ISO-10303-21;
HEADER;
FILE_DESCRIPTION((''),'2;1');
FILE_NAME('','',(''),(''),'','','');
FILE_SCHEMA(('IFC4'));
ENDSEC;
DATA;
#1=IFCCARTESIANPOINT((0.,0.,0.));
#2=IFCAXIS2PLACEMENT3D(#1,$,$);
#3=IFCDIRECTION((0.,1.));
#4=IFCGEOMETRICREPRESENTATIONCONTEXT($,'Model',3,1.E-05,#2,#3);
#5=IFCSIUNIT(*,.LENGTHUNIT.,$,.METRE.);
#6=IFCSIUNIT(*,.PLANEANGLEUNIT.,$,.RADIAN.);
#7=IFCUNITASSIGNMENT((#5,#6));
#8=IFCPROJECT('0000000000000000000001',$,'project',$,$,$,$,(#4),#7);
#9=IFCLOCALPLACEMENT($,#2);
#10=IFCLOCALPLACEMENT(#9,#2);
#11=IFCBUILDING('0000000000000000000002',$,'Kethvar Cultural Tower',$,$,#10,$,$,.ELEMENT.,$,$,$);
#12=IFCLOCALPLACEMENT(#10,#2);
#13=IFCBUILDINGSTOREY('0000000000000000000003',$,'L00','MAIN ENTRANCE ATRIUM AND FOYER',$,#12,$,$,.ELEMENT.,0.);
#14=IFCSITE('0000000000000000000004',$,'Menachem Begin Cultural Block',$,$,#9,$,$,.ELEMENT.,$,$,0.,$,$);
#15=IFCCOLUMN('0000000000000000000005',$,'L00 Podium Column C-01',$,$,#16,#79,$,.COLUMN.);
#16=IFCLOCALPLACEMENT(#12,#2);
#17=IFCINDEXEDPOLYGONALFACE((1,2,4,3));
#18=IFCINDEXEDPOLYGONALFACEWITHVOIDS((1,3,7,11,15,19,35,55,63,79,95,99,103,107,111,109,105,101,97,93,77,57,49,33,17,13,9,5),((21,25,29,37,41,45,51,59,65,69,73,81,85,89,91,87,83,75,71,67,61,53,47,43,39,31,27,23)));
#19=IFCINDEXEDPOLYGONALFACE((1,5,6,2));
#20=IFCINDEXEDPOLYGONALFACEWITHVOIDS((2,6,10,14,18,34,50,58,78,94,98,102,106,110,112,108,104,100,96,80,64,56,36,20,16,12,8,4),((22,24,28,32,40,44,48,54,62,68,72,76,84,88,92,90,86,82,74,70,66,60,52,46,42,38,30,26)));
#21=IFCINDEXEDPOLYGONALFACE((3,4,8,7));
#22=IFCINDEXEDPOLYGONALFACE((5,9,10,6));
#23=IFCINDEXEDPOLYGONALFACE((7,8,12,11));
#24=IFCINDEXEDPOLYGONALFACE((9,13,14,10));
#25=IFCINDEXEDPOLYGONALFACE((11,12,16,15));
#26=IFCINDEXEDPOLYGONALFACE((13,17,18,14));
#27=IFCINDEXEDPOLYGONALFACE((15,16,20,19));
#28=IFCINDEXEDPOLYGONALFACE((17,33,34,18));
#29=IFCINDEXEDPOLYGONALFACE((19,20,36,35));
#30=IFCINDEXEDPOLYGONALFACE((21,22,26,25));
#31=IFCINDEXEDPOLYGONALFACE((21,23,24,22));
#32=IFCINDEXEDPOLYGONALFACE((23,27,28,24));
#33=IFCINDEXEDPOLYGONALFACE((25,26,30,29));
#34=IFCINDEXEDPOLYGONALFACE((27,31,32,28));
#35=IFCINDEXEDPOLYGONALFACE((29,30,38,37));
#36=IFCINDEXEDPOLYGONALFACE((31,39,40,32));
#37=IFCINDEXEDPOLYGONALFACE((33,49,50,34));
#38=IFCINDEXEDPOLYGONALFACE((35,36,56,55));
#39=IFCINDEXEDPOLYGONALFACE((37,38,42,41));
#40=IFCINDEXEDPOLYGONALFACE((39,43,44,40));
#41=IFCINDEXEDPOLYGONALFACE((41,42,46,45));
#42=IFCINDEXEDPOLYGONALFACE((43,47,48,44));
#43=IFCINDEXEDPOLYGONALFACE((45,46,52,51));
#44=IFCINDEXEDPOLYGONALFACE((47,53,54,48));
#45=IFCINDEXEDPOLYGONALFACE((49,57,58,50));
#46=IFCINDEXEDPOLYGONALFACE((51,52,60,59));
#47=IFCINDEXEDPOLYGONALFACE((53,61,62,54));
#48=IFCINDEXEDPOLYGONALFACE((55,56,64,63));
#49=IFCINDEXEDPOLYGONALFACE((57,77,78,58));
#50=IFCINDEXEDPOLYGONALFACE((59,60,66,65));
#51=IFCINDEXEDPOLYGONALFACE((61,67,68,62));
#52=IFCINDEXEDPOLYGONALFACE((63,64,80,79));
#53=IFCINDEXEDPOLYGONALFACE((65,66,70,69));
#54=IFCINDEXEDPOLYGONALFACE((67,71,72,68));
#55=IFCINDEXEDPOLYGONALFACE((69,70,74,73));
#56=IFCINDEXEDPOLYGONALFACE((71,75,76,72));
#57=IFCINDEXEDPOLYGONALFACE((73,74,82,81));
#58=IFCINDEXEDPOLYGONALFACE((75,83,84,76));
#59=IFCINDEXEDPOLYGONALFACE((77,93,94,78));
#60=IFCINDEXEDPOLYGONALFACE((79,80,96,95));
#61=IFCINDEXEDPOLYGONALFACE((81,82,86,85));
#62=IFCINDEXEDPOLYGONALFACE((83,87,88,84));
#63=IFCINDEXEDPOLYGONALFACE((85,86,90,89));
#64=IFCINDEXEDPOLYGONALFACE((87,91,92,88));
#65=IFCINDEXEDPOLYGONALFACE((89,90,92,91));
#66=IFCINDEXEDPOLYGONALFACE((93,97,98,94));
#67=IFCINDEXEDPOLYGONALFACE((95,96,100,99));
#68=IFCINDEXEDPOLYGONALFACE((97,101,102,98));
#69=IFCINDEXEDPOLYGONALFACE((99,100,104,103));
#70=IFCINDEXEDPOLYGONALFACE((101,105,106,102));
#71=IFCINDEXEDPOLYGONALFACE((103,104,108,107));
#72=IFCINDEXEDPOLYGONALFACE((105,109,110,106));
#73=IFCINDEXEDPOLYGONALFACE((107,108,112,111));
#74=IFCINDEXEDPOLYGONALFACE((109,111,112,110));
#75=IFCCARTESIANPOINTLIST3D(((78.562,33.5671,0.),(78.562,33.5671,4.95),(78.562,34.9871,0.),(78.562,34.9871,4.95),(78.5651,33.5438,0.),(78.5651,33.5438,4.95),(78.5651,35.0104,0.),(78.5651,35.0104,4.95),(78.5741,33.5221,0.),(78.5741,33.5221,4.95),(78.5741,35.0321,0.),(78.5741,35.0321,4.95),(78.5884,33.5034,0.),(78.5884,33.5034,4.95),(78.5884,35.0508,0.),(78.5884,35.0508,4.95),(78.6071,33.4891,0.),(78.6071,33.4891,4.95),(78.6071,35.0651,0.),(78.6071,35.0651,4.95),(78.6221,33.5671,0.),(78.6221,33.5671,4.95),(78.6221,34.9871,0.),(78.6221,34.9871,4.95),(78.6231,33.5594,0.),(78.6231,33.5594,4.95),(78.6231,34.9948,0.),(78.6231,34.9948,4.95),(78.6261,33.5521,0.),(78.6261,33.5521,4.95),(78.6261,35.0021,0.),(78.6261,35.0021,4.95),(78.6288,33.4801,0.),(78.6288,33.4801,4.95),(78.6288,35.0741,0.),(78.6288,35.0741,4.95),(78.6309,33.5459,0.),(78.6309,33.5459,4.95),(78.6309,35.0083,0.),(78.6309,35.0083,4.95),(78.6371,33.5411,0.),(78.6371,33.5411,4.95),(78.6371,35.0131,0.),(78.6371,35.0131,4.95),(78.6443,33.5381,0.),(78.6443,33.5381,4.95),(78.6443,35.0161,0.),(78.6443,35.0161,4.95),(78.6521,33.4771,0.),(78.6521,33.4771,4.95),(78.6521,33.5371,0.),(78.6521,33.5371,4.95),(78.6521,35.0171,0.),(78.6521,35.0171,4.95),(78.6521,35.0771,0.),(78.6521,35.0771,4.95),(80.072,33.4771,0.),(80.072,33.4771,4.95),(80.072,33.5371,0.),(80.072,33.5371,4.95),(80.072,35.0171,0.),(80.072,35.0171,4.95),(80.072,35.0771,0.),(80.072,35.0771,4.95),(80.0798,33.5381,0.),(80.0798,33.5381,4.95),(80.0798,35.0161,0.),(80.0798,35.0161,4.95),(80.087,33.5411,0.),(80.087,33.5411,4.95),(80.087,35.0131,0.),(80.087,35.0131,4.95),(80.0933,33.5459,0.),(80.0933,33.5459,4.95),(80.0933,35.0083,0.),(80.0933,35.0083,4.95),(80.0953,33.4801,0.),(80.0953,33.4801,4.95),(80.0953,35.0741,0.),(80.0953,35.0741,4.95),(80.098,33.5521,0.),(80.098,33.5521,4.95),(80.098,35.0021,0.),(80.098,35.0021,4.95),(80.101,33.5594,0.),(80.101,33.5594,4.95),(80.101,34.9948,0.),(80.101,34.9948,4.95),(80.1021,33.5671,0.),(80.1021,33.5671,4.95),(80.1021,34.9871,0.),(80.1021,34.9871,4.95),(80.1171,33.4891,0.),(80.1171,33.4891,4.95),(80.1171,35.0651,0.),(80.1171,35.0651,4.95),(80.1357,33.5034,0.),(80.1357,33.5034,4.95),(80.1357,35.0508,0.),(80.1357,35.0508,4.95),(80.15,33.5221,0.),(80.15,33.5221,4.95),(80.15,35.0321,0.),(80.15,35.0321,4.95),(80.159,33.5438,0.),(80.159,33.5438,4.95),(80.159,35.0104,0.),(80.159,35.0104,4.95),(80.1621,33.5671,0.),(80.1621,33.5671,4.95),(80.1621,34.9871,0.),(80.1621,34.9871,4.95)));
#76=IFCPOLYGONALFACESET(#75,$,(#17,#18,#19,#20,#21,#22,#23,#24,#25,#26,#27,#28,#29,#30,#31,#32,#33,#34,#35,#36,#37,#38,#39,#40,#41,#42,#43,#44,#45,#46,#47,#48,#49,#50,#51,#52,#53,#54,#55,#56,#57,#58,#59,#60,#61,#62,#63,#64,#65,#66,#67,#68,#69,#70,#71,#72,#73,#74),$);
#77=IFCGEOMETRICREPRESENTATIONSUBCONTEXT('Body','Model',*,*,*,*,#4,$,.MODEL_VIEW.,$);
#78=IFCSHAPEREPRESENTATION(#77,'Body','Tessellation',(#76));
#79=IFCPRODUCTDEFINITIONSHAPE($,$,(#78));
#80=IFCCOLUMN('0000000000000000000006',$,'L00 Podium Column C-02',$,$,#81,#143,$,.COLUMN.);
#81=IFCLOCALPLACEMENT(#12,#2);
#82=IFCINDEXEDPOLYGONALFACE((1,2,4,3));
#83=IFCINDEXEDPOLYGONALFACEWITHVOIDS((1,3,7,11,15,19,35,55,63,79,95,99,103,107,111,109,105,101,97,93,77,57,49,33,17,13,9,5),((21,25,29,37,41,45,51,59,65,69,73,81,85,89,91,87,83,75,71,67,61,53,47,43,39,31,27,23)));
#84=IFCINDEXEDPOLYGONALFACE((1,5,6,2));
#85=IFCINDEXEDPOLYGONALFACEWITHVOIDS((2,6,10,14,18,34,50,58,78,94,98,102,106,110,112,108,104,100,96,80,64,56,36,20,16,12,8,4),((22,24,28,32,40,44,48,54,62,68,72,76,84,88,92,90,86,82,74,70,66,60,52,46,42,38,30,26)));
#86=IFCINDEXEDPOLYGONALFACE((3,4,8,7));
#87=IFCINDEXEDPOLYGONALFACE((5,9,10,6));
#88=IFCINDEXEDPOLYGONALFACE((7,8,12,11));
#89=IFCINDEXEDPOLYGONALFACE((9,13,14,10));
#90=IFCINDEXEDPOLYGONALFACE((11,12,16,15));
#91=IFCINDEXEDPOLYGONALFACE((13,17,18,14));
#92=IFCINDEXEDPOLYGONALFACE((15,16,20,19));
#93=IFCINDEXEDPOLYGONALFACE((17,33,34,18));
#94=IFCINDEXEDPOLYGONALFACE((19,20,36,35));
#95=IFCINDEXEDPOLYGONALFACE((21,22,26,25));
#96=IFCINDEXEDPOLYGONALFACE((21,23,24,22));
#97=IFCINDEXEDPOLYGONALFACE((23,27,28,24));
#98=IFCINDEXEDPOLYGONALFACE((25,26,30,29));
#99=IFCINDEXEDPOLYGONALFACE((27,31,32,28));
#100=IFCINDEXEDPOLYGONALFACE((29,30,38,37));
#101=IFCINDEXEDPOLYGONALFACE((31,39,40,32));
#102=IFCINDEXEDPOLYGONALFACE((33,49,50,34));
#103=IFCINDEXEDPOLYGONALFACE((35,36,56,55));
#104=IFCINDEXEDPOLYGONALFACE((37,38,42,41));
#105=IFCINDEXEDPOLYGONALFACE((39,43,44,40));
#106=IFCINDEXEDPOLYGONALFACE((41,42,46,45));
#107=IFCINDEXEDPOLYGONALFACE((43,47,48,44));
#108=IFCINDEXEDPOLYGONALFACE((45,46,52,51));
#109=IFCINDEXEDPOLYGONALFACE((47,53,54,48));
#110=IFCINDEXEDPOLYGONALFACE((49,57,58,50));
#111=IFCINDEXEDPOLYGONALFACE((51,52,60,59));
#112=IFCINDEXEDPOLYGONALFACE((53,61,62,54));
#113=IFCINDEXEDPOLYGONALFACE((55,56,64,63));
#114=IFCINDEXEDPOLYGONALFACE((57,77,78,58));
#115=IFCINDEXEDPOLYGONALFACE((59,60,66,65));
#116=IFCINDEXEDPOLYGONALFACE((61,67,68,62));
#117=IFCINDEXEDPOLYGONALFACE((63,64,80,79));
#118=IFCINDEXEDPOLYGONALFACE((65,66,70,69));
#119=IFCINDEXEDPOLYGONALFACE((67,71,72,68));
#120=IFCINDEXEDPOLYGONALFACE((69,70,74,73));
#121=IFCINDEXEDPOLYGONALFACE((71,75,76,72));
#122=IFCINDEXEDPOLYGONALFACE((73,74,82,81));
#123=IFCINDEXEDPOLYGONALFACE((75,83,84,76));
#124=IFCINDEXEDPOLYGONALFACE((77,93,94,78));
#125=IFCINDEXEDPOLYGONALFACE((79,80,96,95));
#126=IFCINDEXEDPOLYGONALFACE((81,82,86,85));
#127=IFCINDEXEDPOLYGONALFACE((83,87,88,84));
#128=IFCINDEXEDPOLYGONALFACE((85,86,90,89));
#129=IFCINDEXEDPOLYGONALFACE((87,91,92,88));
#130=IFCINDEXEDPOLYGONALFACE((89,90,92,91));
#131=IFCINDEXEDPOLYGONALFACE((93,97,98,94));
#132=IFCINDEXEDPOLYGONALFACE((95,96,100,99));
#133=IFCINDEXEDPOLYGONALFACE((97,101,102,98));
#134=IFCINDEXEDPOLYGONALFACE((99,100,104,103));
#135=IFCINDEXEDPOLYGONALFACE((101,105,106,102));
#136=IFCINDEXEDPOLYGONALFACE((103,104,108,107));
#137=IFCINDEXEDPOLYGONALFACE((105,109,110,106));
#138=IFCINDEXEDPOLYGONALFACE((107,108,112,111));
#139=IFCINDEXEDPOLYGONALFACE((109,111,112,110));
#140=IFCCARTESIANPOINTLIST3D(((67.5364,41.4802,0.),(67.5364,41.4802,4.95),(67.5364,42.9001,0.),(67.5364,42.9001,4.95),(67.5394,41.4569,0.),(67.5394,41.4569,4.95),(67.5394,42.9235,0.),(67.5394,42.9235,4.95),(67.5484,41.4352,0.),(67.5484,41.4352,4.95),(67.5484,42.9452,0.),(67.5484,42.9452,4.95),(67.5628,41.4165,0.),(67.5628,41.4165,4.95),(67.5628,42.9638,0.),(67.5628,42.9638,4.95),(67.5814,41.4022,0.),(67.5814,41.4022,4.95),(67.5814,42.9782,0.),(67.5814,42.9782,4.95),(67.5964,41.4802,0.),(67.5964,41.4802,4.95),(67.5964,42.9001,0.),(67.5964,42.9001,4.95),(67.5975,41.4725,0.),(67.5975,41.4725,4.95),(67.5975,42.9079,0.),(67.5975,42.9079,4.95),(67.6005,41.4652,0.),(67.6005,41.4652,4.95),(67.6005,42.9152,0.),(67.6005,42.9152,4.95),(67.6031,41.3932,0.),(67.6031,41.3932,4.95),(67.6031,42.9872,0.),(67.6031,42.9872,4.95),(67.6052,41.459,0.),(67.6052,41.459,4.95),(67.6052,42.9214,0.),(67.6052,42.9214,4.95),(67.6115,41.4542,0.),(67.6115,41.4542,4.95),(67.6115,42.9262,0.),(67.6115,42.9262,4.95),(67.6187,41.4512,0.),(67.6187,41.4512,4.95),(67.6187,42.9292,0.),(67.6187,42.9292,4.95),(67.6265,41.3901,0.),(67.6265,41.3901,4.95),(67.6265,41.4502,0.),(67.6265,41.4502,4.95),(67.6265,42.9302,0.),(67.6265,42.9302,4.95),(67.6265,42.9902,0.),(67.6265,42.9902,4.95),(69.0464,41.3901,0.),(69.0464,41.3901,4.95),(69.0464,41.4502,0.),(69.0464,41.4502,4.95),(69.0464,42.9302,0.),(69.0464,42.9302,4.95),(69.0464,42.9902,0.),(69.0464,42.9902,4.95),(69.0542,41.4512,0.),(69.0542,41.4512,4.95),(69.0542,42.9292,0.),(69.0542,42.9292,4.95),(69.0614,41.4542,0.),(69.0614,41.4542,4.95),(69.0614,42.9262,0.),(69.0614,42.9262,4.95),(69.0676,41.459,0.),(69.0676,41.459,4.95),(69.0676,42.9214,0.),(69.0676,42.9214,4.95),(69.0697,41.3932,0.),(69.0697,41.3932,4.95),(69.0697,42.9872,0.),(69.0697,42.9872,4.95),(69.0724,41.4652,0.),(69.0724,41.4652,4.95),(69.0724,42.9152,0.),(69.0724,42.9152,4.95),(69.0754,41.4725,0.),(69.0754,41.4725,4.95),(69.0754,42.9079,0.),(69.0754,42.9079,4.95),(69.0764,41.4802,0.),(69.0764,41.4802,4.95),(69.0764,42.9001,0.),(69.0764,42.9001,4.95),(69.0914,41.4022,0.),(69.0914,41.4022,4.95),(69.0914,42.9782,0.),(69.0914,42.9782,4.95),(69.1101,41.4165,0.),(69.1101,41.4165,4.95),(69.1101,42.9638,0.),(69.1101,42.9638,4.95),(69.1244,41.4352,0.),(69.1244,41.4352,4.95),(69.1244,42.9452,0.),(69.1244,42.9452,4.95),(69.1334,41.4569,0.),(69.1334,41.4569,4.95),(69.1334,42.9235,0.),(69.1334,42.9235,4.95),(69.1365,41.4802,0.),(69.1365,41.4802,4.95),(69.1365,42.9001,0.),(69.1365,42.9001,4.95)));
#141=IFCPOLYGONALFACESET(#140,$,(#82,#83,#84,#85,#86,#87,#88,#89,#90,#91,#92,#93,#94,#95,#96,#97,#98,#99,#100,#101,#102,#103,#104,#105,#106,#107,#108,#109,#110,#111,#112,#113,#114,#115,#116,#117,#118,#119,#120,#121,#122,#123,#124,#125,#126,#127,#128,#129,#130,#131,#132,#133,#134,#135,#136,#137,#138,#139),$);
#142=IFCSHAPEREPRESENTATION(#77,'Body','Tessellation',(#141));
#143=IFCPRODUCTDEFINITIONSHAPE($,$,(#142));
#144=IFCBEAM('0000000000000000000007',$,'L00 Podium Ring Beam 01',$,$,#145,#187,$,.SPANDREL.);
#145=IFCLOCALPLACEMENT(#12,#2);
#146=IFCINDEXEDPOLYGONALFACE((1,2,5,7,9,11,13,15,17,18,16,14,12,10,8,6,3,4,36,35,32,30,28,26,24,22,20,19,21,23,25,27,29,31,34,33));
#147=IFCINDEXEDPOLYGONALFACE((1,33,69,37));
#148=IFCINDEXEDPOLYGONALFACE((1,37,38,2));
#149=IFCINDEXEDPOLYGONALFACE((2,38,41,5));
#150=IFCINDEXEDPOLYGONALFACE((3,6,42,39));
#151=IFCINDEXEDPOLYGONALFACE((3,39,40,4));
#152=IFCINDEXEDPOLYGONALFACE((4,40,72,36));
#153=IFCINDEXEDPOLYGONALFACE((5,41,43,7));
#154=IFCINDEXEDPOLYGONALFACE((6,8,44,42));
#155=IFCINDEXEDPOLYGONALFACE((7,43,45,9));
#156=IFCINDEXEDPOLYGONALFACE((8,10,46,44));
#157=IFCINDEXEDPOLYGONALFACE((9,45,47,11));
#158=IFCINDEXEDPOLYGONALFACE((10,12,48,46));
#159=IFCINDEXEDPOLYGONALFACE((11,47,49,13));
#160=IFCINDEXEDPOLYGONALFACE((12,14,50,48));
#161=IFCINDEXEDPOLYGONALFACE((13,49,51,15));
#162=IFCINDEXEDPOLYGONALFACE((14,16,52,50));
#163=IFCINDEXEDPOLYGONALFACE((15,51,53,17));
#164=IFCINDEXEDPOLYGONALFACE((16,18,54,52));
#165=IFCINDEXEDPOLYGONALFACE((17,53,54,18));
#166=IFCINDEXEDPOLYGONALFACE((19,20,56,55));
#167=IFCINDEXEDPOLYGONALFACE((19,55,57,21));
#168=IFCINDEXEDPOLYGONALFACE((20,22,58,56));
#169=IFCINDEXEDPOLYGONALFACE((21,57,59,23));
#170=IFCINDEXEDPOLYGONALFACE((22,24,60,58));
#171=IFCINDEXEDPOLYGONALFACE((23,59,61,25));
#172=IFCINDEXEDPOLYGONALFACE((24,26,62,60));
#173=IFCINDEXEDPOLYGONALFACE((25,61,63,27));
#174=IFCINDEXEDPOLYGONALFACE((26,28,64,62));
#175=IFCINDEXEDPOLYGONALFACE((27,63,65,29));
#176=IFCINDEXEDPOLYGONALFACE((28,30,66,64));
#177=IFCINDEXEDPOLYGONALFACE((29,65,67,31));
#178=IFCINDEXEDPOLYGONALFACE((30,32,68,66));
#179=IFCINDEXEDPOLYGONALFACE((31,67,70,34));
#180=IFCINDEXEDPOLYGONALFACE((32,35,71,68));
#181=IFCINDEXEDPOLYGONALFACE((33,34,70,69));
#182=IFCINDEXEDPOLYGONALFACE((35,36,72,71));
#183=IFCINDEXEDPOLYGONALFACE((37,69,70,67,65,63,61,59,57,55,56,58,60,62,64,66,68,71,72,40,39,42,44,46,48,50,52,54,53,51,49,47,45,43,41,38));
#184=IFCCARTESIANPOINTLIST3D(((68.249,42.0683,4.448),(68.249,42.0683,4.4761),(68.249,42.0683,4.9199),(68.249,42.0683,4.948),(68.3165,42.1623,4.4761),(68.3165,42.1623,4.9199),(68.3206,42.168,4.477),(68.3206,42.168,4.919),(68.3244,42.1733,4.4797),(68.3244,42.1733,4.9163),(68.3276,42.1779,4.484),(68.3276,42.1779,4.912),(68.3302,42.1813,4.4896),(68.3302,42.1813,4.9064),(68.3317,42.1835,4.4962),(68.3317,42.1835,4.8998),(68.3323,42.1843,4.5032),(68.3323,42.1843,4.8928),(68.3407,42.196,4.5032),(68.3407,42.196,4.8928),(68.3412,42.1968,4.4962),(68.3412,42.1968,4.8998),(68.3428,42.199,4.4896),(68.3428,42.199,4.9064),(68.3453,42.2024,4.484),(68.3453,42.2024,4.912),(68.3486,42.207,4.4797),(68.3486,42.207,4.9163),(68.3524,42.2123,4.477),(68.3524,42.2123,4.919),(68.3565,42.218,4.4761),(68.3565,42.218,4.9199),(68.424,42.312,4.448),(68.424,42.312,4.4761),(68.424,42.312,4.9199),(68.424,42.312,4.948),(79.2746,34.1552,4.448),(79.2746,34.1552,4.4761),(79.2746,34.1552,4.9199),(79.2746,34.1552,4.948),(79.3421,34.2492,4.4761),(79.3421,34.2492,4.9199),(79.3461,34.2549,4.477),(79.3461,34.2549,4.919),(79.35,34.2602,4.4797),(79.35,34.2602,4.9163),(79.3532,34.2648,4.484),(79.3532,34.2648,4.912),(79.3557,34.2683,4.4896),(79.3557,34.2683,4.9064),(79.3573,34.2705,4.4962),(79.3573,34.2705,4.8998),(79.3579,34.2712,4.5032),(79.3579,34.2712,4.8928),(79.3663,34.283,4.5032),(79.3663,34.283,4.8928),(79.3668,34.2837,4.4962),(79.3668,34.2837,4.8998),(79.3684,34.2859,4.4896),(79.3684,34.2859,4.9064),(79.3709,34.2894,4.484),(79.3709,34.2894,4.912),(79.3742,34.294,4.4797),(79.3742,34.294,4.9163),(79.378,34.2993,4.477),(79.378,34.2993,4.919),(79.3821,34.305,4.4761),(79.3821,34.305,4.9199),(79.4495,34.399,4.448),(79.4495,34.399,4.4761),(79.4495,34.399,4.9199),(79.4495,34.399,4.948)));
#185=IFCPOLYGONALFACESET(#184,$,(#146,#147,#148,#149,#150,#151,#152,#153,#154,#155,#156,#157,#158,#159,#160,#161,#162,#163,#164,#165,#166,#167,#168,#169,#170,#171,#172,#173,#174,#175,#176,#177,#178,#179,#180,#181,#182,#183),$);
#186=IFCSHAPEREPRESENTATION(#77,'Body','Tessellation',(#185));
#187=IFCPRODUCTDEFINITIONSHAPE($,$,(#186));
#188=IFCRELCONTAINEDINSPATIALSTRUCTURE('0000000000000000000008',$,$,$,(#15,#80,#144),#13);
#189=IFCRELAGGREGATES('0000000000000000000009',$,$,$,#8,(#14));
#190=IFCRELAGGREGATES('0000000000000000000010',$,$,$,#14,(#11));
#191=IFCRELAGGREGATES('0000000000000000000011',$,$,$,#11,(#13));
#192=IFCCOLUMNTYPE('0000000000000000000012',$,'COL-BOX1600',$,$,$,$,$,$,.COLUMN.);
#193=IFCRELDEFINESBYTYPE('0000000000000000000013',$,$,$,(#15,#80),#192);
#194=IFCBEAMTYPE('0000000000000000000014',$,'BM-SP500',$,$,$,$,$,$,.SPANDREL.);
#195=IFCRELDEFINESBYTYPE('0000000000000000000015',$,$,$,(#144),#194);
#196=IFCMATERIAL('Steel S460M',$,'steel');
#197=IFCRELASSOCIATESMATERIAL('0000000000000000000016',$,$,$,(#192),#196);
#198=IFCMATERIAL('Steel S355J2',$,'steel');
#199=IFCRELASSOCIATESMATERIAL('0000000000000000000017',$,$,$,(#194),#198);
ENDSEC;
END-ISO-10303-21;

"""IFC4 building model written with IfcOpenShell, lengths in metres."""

from ifc_helpers import new_model, si_unit, direction, frame, origin, origin_2d, place, context, subcontext, project, spatial, hollow_rectangle, i_section, extrude, source, transform, mapped, material, material_profile, profile_set, type_object, element, save


model = new_model("IFC4")

# Units and contexts
model_context = context("Model", 3, precision=1e-05, world=origin(), true_north=direction((0.0, 1.0)))
body_context = subcontext(model_context, "Body", "Model", "MODEL_VIEW")
ifc_project = project(units=[si_unit("LENGTHUNIT", "METRE"), si_unit("PLANEANGLEUNIT", "RADIAN")], contexts=[model_context])

# Site, building, storey
site_placement = place(None, origin())
site = spatial("IfcSite", under=ifc_project, at=site_placement, Name="Menachem Begin Cultural Block", CompositionType="ELEMENT", RefElevation=0.0)
building_placement = place(site_placement, origin())
building = spatial("IfcBuilding", under=site, at=building_placement, Name="Kethvar Cultural Tower", CompositionType="ELEMENT")
storey_placement = place(building_placement, origin())
storey = spatial("IfcBuildingStorey", under=building, at=storey_placement, Name="L00", Description="MAIN ENTRANCE ATRIUM AND FOYER", CompositionType="ELEMENT", Elevation=0.0)

# Columns
ifc_material_1 = material(Name="Steel S460M", Category="steel")
ifc_material_profile_1 = material_profile(ifc_material_1, hollow_rectangle(XDim=1.6001, YDim=1.6001, WallThickness=0.0601, InnerFilletRadius=0.03, OuterFilletRadius=0.0901, at=origin_2d()), Name="Steel S460M — BOX1600x1600x60")
ifc_profile_set_1 = profile_set([ifc_material_profile_1], Name="Steel S460M — BOX1600x1600x60")
column_type = type_object("IfcColumnType", Name="COL-BOX1600", PredefinedType="COLUMN", material=ifc_profile_set_1)
shared_shape_1 = source(origin(), body_context, "Body", "SweptSolid", [
    extrude(hollow_rectangle(XDim=1.6001, YDim=1.6001, WallThickness=0.0601, InnerFilletRadius=0.03, OuterFilletRadius=0.0901, at=origin_2d()), origin(), (0.0, 0.0, 1.0), 4.95),
])
for number, where, z_axis, x_axis, name in (
    (1, (79.3621, 34.2771, 0.0), (0.0, 0.0, 1.0), (1.0, 0.0, 0.0), "L00 Podium Column C-01"),
    (2, (68.3364, 42.1902, 0.0), (0.0, 0.0, 1.0), (1.0, 0.0, 0.0), "L00 Podium Column C-02"),
):
    element("IfcColumn", number, at=place(storey_placement, frame(where, z_axis=z_axis, x_axis=x_axis)), inside=storey, type_object=column_type, Name=name, PredefinedType="COLUMN", context=body_context, shape_type="MappedRepresentation", body=[
        mapped(shared_shape_1, transform((0.0, 0.0, 0.0), scale=1.0)),
    ])

# Beam
ifc_material_2 = material(Name="Steel S355J2", Category="steel")
ifc_material_profile_2 = material_profile(ifc_material_2, i_section(OverallWidth=0.3, OverallDepth=0.5, WebThickness=0.0144, FlangeThickness=0.0281, FilletRadius=0.0271, at=origin_2d()), Name="Steel S355J2 — HEB500")
ifc_profile_set_2 = profile_set([ifc_material_profile_2], Name="Steel S355J2 — HEB500")
beam_type_1 = type_object("IfcBeamType", Name="BM-SP500", PredefinedType="SPANDREL", material=ifc_profile_set_2)
shared_shape_2 = source(origin(), body_context, "Body", "SweptSolid", [
    extrude(i_section(OverallWidth=0.3, OverallDepth=0.5, WebThickness=0.0144, FlangeThickness=0.0281, FilletRadius=0.0271, at=origin_2d()), origin(), (0.0, 0.0, 1.0), 13.5713),
])
beam_1_placement = place(storey_placement, frame((79.3621, 34.2771, 4.698), z_axis=(-0.81242, 0.583073, 0.0), x_axis=(-0.583073, -0.81242, 0.0)))
element("IfcBeam", 3, at=beam_1_placement, inside=storey, type_object=beam_type_1, Name="L00 Podium Ring Beam 01", PredefinedType="SPANDREL", context=body_context, shape_type="MappedRepresentation", body=[
    mapped(shared_shape_2, transform((0.0, 0.0, 0.0), scale=1.0)),
])

save(model, "model.ifc")
